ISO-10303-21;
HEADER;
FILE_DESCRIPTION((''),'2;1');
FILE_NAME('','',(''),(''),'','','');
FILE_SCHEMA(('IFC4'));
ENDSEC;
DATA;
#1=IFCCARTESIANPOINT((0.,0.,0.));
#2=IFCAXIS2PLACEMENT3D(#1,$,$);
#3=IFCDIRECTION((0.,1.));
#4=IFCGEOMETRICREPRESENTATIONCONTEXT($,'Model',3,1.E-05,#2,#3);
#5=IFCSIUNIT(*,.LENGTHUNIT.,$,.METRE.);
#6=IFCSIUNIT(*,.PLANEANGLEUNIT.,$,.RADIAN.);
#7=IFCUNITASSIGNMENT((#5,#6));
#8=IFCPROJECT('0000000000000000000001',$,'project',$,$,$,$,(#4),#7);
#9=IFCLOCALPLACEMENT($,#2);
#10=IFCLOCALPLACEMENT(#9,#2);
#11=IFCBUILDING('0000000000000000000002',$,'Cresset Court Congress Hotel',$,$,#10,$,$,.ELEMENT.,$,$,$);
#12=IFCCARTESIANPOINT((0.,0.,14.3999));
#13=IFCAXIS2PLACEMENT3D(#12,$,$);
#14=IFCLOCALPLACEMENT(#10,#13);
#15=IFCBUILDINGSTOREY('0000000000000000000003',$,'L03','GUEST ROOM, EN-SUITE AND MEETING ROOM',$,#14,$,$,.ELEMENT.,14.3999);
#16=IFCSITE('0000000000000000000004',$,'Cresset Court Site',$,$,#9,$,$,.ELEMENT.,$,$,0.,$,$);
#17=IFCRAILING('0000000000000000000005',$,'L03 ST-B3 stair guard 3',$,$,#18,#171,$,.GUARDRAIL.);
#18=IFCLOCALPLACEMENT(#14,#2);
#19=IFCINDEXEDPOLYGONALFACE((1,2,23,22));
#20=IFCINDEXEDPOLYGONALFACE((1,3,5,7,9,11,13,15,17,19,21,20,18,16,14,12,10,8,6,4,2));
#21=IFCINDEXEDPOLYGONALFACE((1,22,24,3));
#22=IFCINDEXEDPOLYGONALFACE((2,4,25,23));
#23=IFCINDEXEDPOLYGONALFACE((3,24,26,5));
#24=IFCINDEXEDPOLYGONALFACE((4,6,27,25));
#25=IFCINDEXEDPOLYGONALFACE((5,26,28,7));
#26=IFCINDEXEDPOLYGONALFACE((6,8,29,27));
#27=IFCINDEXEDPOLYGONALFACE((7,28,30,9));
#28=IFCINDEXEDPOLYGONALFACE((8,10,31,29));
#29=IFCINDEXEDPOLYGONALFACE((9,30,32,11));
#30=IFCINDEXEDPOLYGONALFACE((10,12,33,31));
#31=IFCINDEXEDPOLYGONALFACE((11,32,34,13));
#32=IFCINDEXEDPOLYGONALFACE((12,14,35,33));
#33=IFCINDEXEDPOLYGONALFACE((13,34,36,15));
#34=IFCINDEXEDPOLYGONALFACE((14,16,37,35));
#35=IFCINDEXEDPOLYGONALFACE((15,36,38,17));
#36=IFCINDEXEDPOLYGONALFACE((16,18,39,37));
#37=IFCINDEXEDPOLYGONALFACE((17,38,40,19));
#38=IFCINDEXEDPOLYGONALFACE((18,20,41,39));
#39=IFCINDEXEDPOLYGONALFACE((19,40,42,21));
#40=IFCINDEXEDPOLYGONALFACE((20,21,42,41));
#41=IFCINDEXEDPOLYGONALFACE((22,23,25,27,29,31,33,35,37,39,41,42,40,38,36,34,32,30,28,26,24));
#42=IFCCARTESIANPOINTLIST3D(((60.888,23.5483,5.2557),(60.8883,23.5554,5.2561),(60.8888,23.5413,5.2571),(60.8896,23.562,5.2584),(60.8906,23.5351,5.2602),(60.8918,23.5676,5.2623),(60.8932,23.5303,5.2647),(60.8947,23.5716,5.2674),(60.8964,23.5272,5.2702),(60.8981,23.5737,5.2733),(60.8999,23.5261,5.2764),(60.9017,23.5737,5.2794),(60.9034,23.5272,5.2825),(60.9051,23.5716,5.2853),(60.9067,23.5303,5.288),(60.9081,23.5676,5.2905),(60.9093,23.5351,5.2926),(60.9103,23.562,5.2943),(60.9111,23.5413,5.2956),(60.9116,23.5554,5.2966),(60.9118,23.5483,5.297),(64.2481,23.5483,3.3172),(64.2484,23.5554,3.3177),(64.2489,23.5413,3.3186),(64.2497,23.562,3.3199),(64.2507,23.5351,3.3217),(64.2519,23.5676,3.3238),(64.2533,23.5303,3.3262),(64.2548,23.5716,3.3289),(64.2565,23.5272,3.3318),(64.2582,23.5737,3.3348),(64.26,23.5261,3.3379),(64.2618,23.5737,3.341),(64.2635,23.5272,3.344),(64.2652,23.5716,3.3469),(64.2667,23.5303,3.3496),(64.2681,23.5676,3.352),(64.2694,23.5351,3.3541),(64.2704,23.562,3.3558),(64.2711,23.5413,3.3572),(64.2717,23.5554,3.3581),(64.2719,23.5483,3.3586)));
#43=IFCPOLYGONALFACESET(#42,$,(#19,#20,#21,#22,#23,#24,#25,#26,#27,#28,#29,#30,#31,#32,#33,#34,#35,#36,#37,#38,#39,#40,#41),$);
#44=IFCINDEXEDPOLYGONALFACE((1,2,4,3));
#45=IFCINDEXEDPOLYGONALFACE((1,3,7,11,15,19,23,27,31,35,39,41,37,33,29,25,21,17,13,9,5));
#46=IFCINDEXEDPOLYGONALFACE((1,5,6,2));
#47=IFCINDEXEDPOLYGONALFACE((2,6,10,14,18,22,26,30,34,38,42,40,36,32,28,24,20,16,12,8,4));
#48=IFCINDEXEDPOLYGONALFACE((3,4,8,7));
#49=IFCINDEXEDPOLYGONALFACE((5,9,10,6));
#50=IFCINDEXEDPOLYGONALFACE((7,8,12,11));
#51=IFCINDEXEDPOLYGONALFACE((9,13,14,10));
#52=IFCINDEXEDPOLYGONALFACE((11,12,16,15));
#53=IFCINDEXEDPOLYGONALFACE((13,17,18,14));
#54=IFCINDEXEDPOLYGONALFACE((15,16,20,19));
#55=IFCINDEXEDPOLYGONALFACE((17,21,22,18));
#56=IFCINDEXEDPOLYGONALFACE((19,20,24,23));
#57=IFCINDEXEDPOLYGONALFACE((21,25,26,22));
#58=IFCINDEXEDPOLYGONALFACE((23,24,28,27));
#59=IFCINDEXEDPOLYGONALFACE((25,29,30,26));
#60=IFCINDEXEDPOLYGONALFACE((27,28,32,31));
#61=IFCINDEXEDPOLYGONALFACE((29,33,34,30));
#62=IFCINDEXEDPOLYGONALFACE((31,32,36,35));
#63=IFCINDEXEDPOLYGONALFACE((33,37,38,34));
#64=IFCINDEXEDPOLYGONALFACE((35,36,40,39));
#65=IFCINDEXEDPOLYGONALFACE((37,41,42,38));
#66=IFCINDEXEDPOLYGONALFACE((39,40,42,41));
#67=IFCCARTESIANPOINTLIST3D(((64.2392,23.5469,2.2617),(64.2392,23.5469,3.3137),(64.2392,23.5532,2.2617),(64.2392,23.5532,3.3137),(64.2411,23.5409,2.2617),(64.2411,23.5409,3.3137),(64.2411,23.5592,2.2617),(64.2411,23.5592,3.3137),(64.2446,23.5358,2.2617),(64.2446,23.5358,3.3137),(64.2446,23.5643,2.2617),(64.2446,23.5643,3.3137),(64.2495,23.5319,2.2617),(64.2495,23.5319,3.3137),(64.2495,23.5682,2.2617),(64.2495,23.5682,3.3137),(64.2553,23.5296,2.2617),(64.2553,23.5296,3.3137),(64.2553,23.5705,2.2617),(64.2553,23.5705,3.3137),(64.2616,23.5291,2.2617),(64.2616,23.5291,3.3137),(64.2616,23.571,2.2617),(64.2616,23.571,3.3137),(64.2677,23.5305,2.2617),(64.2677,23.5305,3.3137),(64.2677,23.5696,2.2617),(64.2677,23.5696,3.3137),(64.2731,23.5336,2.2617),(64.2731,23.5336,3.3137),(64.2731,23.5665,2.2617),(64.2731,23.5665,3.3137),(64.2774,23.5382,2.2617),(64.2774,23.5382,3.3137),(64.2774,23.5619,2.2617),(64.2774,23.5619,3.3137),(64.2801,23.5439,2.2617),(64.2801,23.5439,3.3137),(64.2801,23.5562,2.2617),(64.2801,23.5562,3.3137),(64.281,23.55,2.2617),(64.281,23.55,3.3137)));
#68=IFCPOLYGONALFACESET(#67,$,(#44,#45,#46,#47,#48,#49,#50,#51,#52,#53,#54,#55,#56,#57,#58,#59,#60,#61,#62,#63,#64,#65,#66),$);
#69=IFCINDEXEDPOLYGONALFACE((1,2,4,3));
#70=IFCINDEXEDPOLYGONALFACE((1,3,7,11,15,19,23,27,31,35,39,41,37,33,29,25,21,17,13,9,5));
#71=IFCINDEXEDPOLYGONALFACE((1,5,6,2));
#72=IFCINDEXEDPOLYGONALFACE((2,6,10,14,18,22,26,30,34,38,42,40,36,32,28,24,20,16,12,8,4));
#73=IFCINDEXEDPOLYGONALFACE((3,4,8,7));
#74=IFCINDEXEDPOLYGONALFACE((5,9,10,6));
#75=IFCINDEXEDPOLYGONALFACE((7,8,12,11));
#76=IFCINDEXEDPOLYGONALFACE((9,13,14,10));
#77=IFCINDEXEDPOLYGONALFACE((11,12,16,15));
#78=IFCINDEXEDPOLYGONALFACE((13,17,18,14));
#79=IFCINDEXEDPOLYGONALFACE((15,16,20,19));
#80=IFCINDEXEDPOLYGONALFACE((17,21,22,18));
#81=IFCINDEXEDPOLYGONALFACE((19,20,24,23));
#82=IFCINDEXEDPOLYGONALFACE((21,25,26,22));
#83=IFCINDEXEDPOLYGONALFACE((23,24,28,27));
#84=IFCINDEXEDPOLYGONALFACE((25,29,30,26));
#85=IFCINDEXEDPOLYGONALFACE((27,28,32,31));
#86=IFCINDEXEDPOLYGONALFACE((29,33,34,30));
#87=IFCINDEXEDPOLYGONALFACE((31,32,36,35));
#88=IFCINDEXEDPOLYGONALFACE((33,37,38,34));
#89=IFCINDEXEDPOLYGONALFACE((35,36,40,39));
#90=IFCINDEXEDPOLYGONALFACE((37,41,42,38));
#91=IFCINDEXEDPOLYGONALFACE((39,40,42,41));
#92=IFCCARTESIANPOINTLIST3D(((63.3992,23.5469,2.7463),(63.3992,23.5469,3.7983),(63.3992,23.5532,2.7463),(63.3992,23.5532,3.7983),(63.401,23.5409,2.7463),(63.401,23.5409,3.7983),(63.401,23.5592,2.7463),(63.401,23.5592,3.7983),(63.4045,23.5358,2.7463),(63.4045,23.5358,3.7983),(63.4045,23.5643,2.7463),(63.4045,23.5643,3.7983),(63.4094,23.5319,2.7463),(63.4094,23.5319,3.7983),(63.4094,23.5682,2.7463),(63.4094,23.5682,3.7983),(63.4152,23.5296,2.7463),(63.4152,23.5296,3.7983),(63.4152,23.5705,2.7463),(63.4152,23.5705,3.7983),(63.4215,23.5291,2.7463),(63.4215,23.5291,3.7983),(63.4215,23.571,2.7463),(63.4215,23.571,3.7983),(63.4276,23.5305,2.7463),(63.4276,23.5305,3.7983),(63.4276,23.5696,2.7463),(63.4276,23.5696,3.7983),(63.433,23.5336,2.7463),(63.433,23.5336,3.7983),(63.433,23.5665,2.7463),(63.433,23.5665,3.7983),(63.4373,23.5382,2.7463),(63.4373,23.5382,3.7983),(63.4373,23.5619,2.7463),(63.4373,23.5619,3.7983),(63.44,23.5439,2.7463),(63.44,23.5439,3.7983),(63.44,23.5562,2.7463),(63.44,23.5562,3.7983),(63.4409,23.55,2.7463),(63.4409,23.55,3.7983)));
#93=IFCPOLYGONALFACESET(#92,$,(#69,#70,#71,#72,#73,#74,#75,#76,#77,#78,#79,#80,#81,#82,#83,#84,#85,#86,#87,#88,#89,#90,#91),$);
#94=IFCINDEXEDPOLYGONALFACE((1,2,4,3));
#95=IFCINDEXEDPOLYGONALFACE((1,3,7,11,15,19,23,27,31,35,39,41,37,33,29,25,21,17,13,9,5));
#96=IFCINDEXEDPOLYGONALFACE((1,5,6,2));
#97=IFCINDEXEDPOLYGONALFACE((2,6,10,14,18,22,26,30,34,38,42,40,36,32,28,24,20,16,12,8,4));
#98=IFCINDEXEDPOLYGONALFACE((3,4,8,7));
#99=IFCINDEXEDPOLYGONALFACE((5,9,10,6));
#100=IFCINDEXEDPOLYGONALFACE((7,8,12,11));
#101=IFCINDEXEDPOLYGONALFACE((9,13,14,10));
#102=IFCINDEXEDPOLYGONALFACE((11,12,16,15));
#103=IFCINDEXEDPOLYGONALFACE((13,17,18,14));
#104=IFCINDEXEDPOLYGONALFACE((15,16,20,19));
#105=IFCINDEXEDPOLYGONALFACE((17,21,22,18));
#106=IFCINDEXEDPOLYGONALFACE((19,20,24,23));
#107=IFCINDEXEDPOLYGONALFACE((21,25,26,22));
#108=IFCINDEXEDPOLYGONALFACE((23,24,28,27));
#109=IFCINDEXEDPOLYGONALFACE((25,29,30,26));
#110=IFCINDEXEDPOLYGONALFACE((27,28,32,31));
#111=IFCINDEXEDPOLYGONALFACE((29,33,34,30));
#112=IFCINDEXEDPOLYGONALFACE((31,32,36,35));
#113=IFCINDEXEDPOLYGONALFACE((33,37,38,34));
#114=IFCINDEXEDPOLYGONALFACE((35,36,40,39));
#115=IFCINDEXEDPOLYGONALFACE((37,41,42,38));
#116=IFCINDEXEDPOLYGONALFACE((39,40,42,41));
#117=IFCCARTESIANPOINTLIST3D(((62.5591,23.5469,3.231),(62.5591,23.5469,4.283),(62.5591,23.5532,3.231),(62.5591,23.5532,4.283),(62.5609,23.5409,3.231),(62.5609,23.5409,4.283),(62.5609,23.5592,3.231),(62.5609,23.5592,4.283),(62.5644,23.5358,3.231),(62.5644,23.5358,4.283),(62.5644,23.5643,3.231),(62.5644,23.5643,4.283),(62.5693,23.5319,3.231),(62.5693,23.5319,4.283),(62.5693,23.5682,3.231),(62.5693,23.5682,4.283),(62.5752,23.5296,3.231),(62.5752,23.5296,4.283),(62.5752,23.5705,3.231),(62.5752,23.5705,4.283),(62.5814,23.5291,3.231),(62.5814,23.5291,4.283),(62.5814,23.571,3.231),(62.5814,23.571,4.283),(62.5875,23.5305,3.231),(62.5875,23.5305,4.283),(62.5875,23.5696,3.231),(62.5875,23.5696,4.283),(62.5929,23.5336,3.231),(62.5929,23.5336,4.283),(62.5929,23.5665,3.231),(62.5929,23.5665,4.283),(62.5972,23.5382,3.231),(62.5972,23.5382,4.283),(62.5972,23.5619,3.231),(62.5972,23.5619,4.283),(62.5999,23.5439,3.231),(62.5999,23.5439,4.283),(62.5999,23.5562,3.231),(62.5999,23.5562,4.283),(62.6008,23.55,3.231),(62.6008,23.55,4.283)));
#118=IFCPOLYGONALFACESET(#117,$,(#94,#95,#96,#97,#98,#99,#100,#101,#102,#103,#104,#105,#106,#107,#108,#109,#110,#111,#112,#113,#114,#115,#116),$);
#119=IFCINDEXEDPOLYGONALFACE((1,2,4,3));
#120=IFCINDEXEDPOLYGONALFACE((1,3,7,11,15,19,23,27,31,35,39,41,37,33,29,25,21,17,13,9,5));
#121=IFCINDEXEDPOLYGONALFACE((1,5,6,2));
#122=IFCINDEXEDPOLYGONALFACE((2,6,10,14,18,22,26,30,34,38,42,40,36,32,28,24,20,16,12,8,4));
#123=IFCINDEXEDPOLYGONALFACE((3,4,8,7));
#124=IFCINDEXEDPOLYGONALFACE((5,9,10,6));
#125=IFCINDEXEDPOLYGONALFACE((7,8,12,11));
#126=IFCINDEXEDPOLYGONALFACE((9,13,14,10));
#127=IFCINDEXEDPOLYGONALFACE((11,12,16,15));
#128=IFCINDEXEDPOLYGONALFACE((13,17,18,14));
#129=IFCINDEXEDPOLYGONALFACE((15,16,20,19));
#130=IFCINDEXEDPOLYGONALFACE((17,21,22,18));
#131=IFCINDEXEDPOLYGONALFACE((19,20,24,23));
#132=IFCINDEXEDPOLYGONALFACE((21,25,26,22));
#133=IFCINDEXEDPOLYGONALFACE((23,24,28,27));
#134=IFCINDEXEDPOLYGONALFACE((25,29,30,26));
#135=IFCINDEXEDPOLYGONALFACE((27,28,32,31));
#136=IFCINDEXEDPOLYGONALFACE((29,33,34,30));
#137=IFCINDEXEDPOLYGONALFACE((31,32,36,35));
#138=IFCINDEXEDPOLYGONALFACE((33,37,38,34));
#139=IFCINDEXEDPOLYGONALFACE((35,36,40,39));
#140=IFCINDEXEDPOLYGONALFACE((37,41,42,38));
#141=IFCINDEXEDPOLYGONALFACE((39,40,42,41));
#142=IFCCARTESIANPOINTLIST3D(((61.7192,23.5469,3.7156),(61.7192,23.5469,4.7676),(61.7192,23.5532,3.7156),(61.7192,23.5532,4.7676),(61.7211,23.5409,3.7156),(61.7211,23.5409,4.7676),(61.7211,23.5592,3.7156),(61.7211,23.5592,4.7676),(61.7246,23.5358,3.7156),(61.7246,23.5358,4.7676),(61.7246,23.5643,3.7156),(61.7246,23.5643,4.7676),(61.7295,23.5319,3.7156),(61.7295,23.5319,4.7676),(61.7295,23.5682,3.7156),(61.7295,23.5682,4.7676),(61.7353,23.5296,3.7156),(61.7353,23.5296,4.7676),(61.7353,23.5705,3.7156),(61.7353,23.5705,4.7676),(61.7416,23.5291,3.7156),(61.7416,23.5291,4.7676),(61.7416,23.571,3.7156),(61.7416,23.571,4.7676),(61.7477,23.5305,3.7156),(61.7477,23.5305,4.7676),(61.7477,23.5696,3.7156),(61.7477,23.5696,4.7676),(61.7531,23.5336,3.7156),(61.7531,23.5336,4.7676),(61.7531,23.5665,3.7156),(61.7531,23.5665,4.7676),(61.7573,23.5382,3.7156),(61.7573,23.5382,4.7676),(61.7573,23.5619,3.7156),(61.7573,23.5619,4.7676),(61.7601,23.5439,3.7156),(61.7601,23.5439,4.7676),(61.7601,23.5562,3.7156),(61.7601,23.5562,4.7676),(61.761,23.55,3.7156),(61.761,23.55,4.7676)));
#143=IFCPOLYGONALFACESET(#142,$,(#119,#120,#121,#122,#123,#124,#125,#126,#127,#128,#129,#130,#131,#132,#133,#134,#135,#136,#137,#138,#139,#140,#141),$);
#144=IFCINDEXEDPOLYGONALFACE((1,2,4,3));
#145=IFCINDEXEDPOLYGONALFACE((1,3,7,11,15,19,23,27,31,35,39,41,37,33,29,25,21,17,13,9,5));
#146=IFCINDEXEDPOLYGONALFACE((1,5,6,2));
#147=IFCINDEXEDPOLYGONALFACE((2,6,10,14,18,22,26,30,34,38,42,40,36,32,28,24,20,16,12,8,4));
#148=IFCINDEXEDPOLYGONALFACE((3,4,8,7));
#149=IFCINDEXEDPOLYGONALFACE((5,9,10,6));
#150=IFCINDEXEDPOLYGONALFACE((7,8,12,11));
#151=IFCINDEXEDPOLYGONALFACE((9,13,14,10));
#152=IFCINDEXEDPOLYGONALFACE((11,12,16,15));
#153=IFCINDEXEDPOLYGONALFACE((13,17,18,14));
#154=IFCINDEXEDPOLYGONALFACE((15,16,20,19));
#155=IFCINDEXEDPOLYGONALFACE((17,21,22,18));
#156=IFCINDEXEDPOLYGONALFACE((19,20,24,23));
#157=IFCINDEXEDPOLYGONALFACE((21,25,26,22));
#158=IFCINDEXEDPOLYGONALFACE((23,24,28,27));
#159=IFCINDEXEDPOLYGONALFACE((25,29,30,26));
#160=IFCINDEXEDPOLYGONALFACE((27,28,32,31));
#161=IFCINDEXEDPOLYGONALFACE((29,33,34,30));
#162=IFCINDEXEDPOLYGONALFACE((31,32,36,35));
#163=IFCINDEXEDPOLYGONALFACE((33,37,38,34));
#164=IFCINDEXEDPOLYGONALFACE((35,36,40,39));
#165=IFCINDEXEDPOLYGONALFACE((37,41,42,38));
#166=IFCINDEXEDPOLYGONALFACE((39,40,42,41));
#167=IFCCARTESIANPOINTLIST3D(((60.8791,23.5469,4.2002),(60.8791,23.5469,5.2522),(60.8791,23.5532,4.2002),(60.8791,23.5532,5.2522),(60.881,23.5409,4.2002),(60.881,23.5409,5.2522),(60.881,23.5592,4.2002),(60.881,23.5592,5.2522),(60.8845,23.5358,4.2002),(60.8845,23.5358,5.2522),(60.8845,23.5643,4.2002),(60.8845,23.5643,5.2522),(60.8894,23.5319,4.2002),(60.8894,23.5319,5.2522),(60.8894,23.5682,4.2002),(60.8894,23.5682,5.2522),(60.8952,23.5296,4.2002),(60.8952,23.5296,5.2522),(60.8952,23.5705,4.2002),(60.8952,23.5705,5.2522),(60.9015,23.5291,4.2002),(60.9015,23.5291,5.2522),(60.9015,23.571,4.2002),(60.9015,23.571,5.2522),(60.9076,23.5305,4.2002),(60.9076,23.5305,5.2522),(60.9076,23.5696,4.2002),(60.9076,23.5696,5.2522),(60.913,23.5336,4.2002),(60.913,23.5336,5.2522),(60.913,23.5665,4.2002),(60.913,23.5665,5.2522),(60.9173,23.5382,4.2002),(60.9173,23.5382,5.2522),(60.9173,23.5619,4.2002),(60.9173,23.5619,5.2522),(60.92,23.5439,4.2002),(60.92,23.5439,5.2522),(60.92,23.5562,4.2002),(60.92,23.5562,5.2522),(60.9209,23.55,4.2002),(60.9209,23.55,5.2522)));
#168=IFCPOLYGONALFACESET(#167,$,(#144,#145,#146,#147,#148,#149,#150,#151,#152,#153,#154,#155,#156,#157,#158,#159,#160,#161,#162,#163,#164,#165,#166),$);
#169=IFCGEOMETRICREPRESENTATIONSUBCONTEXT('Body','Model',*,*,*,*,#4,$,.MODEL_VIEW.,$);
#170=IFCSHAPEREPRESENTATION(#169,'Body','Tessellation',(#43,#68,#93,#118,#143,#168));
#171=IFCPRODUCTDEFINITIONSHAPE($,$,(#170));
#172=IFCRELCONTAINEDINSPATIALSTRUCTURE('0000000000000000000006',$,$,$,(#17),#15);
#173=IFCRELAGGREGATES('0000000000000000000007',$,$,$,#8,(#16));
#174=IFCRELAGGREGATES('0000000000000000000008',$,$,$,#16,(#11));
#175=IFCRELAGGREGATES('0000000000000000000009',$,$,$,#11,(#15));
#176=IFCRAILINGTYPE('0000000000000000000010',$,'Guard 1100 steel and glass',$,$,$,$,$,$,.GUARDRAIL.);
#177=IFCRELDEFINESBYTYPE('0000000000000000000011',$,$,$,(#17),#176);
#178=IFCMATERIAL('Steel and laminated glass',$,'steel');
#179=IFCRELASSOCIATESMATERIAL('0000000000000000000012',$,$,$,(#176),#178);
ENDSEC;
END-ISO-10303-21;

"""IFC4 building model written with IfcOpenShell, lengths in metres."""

from ifc_helpers import new_model, si_unit, direction, frame, origin, origin_2d, place, context, subcontext, project, spatial, circle, extrude, material, type_object, element, save


model = new_model("IFC4")

# Units and contexts
model_context = context("Model", 3, precision=1e-05, world=origin(), true_north=direction((0.0, 1.0)))
body_context = subcontext(model_context, "Body", "Model", "MODEL_VIEW")
ifc_project = project(units=[si_unit("LENGTHUNIT", "METRE"), si_unit("PLANEANGLEUNIT", "RADIAN")], contexts=[model_context])

# Site, building, storey
site_placement = place(None, origin())
site = spatial("IfcSite", under=ifc_project, at=site_placement, Name="Cresset Court Site", CompositionType="ELEMENT", RefElevation=0.0)
building_placement = place(site_placement, origin())
building = spatial("IfcBuilding", under=site, at=building_placement, Name="Cresset Court Congress Hotel", CompositionType="ELEMENT")
storey_placement = place(building_placement, frame((0.0, 0.0, 14.3999)))
storey = spatial("IfcBuildingStorey", under=building, at=storey_placement, Name="L03", Description="GUEST ROOM, EN-SUITE AND MEETING ROOM", CompositionType="ELEMENT", Elevation=14.3999)

# Railing
ifc_material_1 = material(Name="Steel and laminated glass", Category="steel")
railing_type_1 = type_object("IfcRailingType", Name="Guard 1100 steel and glass", PredefinedType="GUARDRAIL", material=ifc_material_1)
railing_1_placement = place(storey_placement, frame((64.26, 23.55, 2.2617)))
element("IfcRailing", 1, at=railing_1_placement, inside=storey, type_object=railing_type_1, Name="L03 ST-B3 stair guard 3", PredefinedType="GUARDRAIL", context=body_context, shape_type="SweptSolid", body=[
    extrude(circle(Radius=0.0239, at=origin_2d()), frame((0.0, 0.0, 1.0762), z_axis=(-0.866191, 0.0, 0.499713), x_axis=(0.0, -1.0, 0.0)), (0.0, 0.0, 1.0), 3.8792),
    extrude(circle(Radius=0.021, at=origin_2d()), origin(), (0.0, 0.0, 1.0), 1.052),
    extrude(circle(Radius=0.021, at=origin_2d()), frame((-0.8401, 0.0, 0.4846)), (0.0, 0.0, 1.0), 1.052),
    extrude(circle(Radius=0.021, at=origin_2d()), frame((-1.6802, 0.0, 0.9692)), (0.0, 0.0, 1.0), 1.052),
    extrude(circle(Radius=0.021, at=origin_2d()), frame((-2.52, 0.0, 1.4539)), (0.0, 0.0, 1.0), 1.052),
    extrude(circle(Radius=0.021, at=origin_2d()), frame((-3.3601, 0.0, 1.9385)), (0.0, 0.0, 1.0), 1.052),
])

save(model, "model.ifc")
